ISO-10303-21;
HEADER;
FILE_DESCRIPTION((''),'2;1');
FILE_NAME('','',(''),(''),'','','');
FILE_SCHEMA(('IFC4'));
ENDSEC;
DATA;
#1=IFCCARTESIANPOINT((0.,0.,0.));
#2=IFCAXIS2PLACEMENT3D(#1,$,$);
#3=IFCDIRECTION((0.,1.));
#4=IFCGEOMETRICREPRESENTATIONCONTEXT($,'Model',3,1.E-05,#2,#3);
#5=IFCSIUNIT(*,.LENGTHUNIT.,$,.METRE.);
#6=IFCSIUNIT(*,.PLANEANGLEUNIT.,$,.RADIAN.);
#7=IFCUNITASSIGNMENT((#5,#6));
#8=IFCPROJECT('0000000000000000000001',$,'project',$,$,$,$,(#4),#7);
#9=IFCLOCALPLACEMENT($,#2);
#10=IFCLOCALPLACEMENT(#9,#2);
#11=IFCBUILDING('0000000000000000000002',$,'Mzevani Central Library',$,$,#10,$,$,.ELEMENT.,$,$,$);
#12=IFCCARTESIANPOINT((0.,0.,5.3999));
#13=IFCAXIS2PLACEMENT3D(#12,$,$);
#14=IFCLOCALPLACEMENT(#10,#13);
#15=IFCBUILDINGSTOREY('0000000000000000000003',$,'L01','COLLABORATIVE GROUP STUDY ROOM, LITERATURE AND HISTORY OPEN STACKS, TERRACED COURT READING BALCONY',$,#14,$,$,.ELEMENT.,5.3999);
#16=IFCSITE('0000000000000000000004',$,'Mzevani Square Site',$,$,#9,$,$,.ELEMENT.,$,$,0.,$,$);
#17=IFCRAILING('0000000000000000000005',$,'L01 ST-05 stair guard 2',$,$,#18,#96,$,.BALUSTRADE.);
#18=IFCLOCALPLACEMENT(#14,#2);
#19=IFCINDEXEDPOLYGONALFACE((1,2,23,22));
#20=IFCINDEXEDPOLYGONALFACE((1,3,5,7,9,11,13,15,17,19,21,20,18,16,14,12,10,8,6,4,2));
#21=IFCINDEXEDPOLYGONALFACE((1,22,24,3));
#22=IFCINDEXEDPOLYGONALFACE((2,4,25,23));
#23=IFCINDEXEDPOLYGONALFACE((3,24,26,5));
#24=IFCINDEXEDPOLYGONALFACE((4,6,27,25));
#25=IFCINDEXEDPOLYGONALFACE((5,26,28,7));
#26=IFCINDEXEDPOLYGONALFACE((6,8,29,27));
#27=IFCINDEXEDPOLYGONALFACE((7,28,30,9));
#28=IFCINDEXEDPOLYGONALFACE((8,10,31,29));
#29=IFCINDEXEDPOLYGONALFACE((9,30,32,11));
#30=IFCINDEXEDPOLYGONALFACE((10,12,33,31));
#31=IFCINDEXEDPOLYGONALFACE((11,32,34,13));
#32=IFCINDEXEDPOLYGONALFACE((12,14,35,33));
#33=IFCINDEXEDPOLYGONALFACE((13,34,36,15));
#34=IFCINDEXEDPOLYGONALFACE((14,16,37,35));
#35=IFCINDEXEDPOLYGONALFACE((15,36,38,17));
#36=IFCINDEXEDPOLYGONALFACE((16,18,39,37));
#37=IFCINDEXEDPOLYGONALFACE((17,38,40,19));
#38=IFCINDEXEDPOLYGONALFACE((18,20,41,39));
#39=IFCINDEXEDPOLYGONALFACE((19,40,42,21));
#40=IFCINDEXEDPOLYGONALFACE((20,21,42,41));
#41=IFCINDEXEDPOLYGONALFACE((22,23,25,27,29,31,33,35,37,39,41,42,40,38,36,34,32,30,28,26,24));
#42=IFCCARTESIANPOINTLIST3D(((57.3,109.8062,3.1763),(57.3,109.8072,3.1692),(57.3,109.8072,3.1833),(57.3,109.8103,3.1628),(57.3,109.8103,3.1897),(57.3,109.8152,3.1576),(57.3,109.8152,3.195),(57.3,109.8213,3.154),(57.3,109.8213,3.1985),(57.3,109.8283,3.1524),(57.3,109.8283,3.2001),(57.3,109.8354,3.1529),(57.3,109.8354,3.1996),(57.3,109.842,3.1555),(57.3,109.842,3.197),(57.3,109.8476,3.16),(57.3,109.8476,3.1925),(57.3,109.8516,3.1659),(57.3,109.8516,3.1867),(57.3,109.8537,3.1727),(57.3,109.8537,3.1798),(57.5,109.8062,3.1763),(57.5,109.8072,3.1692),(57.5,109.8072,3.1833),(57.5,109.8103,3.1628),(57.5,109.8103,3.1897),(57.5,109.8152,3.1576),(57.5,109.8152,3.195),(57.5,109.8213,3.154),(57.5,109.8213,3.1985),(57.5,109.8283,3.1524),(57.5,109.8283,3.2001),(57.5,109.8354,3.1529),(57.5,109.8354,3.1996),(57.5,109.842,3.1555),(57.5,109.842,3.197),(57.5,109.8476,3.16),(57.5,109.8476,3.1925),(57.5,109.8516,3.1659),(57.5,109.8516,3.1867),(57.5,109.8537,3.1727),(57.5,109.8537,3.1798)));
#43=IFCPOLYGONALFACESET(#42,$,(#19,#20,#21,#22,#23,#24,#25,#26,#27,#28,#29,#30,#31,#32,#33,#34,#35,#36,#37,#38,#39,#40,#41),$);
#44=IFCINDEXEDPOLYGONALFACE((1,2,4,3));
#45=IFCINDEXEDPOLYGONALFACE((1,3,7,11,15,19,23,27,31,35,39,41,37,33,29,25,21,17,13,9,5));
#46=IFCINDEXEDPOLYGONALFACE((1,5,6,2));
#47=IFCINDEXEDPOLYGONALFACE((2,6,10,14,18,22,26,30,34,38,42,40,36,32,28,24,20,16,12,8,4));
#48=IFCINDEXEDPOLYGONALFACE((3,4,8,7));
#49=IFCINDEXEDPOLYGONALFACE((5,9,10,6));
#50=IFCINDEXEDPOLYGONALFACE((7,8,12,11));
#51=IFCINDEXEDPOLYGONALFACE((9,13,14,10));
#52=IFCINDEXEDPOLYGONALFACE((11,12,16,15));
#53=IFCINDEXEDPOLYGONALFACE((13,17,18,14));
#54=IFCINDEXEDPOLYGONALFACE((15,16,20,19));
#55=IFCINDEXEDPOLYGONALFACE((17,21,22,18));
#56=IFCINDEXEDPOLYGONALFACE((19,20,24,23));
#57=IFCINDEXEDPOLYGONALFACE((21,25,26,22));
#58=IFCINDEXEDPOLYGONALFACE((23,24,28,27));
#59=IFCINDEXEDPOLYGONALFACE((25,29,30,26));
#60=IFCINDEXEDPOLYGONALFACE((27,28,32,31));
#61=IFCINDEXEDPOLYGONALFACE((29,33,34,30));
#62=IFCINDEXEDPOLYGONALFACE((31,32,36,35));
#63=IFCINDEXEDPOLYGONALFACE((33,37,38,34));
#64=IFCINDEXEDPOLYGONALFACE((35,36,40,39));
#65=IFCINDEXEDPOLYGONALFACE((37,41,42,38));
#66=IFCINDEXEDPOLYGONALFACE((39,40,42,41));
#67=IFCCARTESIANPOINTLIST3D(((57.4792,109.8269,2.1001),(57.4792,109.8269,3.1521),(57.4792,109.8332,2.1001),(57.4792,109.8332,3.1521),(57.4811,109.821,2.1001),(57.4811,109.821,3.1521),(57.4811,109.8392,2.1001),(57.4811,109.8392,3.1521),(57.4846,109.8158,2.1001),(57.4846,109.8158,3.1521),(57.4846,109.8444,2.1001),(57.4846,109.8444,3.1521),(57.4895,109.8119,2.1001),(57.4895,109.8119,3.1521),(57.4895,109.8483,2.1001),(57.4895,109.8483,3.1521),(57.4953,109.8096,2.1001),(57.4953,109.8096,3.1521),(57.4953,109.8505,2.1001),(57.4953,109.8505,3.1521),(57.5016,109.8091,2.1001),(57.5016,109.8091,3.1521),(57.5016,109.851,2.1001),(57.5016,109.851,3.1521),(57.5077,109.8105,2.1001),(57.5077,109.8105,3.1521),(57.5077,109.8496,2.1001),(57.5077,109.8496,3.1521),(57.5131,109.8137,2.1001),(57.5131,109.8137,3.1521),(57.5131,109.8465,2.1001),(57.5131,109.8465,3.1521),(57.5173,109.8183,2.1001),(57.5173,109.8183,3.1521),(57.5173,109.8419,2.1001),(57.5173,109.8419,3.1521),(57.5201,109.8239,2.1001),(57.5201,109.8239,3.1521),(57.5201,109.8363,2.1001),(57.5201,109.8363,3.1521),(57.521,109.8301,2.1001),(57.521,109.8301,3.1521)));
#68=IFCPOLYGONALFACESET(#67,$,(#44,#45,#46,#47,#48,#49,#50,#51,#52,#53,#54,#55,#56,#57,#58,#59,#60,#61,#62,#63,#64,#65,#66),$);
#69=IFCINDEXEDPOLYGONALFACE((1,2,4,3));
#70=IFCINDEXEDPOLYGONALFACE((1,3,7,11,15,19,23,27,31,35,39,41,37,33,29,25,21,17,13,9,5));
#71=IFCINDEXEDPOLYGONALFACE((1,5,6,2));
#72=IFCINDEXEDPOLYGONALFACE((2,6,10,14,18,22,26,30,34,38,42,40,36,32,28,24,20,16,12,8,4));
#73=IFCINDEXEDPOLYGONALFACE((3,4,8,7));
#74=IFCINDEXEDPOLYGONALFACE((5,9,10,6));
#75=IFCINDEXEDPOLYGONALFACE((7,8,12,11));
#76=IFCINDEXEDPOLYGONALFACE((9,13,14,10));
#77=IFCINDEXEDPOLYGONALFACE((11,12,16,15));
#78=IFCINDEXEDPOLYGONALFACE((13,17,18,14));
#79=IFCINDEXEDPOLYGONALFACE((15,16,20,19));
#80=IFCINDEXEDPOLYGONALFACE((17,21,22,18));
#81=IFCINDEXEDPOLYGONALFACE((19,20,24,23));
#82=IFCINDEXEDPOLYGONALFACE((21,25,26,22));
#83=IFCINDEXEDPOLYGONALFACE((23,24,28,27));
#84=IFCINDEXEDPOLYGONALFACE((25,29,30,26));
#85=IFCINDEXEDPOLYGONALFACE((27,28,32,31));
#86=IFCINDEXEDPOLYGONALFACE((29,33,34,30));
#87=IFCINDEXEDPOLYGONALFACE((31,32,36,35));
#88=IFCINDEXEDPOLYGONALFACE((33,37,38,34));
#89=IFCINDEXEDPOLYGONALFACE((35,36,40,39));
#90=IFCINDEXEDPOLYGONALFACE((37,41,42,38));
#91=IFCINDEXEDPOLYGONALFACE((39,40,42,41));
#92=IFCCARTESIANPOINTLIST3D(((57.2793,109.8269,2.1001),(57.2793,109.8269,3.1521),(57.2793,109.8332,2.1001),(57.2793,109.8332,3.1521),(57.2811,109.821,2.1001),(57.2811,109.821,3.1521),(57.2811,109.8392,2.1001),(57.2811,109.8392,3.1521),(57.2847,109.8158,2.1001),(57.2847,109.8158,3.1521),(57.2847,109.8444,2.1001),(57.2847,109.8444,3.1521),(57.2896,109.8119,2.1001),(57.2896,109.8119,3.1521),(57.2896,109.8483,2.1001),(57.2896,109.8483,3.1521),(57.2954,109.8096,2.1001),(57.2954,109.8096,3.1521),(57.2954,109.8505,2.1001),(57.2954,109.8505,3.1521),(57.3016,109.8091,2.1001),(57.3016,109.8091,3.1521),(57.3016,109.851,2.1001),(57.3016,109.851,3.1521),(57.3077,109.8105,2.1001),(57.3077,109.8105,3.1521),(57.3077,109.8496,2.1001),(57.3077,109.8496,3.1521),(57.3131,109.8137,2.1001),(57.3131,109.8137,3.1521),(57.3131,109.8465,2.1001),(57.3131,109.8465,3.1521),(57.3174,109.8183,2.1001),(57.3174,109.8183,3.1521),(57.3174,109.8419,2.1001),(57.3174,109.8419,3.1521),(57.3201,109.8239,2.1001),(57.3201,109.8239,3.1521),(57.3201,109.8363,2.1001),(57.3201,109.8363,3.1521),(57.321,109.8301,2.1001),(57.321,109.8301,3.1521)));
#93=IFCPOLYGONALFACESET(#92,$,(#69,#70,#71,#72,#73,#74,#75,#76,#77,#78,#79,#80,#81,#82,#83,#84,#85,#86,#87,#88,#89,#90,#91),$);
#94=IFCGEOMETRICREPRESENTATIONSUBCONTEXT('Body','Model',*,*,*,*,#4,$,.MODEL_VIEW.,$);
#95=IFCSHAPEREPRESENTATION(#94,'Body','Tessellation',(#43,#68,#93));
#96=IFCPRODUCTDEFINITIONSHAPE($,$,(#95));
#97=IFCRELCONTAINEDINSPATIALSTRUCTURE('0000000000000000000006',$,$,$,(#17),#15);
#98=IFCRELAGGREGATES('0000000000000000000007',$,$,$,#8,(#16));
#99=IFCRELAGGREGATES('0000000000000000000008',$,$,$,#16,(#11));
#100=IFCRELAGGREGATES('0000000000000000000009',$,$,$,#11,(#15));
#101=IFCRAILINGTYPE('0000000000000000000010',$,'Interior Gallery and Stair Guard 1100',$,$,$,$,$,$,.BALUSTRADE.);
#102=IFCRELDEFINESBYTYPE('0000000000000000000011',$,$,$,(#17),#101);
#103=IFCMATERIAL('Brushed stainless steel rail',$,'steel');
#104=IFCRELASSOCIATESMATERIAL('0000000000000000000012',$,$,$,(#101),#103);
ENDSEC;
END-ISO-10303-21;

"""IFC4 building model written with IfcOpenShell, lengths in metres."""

from ifc_helpers import new_model, si_unit, direction, frame, origin, origin_2d, place, context, subcontext, project, spatial, circle, extrude, material, type_object, element, save


model = new_model("IFC4")

# Units and contexts
model_context = context("Model", 3, precision=1e-05, world=origin(), true_north=direction((0.0, 1.0)))
body_context = subcontext(model_context, "Body", "Model", "MODEL_VIEW")
ifc_project = project(units=[si_unit("LENGTHUNIT", "METRE"), si_unit("PLANEANGLEUNIT", "RADIAN")], contexts=[model_context])

# Site, building, storey
site_placement = place(None, origin())
site = spatial("IfcSite", under=ifc_project, at=site_placement, Name="Mzevani Square Site", CompositionType="ELEMENT", RefElevation=0.0)
building_placement = place(site_placement, origin())
building = spatial("IfcBuilding", under=site, at=building_placement, Name="Mzevani Central Library", CompositionType="ELEMENT")
storey_placement = place(building_placement, frame((0.0, 0.0, 5.3999)))
storey = spatial("IfcBuildingStorey", under=building, at=storey_placement, Name="L01", Description="COLLABORATIVE GROUP STUDY ROOM, LITERATURE AND HISTORY OPEN STACKS, TERRACED COURT READING BALCONY", CompositionType="ELEMENT", Elevation=5.3999)

# Railing
ifc_material_1 = material(Name="Brushed stainless steel rail", Category="steel")
railing_type_1 = type_object("IfcRailingType", Name="Interior Gallery and Stair Guard 1100", PredefinedType="BALUSTRADE", material=ifc_material_1)
railing_1_placement = place(storey_placement, frame((57.5, 109.8301, 2.1001)))
element("IfcRailing", 1, at=railing_1_placement, inside=storey, type_object=railing_type_1, Name="L01 ST-05 stair guard 2", PredefinedType="BALUSTRADE", context=body_context, shape_type="SweptSolid", body=[
    extrude(circle(Radius=0.0239, at=origin_2d()), frame((0.0, 0.0, 1.0762), z_axis=(-1.0, 0.0, 0.0), x_axis=(0.0, -1.0, 0.0)), (0.0, 0.0, 1.0), 0.2),
    extrude(circle(Radius=0.021, at=origin_2d()), origin(), (0.0, 0.0, 1.0), 1.052),
    extrude(circle(Radius=0.021, at=origin_2d()), frame((-0.2, 0.0, 0.0)), (0.0, 0.0, 1.0), 1.052),
])

save(model, "model.ifc")
